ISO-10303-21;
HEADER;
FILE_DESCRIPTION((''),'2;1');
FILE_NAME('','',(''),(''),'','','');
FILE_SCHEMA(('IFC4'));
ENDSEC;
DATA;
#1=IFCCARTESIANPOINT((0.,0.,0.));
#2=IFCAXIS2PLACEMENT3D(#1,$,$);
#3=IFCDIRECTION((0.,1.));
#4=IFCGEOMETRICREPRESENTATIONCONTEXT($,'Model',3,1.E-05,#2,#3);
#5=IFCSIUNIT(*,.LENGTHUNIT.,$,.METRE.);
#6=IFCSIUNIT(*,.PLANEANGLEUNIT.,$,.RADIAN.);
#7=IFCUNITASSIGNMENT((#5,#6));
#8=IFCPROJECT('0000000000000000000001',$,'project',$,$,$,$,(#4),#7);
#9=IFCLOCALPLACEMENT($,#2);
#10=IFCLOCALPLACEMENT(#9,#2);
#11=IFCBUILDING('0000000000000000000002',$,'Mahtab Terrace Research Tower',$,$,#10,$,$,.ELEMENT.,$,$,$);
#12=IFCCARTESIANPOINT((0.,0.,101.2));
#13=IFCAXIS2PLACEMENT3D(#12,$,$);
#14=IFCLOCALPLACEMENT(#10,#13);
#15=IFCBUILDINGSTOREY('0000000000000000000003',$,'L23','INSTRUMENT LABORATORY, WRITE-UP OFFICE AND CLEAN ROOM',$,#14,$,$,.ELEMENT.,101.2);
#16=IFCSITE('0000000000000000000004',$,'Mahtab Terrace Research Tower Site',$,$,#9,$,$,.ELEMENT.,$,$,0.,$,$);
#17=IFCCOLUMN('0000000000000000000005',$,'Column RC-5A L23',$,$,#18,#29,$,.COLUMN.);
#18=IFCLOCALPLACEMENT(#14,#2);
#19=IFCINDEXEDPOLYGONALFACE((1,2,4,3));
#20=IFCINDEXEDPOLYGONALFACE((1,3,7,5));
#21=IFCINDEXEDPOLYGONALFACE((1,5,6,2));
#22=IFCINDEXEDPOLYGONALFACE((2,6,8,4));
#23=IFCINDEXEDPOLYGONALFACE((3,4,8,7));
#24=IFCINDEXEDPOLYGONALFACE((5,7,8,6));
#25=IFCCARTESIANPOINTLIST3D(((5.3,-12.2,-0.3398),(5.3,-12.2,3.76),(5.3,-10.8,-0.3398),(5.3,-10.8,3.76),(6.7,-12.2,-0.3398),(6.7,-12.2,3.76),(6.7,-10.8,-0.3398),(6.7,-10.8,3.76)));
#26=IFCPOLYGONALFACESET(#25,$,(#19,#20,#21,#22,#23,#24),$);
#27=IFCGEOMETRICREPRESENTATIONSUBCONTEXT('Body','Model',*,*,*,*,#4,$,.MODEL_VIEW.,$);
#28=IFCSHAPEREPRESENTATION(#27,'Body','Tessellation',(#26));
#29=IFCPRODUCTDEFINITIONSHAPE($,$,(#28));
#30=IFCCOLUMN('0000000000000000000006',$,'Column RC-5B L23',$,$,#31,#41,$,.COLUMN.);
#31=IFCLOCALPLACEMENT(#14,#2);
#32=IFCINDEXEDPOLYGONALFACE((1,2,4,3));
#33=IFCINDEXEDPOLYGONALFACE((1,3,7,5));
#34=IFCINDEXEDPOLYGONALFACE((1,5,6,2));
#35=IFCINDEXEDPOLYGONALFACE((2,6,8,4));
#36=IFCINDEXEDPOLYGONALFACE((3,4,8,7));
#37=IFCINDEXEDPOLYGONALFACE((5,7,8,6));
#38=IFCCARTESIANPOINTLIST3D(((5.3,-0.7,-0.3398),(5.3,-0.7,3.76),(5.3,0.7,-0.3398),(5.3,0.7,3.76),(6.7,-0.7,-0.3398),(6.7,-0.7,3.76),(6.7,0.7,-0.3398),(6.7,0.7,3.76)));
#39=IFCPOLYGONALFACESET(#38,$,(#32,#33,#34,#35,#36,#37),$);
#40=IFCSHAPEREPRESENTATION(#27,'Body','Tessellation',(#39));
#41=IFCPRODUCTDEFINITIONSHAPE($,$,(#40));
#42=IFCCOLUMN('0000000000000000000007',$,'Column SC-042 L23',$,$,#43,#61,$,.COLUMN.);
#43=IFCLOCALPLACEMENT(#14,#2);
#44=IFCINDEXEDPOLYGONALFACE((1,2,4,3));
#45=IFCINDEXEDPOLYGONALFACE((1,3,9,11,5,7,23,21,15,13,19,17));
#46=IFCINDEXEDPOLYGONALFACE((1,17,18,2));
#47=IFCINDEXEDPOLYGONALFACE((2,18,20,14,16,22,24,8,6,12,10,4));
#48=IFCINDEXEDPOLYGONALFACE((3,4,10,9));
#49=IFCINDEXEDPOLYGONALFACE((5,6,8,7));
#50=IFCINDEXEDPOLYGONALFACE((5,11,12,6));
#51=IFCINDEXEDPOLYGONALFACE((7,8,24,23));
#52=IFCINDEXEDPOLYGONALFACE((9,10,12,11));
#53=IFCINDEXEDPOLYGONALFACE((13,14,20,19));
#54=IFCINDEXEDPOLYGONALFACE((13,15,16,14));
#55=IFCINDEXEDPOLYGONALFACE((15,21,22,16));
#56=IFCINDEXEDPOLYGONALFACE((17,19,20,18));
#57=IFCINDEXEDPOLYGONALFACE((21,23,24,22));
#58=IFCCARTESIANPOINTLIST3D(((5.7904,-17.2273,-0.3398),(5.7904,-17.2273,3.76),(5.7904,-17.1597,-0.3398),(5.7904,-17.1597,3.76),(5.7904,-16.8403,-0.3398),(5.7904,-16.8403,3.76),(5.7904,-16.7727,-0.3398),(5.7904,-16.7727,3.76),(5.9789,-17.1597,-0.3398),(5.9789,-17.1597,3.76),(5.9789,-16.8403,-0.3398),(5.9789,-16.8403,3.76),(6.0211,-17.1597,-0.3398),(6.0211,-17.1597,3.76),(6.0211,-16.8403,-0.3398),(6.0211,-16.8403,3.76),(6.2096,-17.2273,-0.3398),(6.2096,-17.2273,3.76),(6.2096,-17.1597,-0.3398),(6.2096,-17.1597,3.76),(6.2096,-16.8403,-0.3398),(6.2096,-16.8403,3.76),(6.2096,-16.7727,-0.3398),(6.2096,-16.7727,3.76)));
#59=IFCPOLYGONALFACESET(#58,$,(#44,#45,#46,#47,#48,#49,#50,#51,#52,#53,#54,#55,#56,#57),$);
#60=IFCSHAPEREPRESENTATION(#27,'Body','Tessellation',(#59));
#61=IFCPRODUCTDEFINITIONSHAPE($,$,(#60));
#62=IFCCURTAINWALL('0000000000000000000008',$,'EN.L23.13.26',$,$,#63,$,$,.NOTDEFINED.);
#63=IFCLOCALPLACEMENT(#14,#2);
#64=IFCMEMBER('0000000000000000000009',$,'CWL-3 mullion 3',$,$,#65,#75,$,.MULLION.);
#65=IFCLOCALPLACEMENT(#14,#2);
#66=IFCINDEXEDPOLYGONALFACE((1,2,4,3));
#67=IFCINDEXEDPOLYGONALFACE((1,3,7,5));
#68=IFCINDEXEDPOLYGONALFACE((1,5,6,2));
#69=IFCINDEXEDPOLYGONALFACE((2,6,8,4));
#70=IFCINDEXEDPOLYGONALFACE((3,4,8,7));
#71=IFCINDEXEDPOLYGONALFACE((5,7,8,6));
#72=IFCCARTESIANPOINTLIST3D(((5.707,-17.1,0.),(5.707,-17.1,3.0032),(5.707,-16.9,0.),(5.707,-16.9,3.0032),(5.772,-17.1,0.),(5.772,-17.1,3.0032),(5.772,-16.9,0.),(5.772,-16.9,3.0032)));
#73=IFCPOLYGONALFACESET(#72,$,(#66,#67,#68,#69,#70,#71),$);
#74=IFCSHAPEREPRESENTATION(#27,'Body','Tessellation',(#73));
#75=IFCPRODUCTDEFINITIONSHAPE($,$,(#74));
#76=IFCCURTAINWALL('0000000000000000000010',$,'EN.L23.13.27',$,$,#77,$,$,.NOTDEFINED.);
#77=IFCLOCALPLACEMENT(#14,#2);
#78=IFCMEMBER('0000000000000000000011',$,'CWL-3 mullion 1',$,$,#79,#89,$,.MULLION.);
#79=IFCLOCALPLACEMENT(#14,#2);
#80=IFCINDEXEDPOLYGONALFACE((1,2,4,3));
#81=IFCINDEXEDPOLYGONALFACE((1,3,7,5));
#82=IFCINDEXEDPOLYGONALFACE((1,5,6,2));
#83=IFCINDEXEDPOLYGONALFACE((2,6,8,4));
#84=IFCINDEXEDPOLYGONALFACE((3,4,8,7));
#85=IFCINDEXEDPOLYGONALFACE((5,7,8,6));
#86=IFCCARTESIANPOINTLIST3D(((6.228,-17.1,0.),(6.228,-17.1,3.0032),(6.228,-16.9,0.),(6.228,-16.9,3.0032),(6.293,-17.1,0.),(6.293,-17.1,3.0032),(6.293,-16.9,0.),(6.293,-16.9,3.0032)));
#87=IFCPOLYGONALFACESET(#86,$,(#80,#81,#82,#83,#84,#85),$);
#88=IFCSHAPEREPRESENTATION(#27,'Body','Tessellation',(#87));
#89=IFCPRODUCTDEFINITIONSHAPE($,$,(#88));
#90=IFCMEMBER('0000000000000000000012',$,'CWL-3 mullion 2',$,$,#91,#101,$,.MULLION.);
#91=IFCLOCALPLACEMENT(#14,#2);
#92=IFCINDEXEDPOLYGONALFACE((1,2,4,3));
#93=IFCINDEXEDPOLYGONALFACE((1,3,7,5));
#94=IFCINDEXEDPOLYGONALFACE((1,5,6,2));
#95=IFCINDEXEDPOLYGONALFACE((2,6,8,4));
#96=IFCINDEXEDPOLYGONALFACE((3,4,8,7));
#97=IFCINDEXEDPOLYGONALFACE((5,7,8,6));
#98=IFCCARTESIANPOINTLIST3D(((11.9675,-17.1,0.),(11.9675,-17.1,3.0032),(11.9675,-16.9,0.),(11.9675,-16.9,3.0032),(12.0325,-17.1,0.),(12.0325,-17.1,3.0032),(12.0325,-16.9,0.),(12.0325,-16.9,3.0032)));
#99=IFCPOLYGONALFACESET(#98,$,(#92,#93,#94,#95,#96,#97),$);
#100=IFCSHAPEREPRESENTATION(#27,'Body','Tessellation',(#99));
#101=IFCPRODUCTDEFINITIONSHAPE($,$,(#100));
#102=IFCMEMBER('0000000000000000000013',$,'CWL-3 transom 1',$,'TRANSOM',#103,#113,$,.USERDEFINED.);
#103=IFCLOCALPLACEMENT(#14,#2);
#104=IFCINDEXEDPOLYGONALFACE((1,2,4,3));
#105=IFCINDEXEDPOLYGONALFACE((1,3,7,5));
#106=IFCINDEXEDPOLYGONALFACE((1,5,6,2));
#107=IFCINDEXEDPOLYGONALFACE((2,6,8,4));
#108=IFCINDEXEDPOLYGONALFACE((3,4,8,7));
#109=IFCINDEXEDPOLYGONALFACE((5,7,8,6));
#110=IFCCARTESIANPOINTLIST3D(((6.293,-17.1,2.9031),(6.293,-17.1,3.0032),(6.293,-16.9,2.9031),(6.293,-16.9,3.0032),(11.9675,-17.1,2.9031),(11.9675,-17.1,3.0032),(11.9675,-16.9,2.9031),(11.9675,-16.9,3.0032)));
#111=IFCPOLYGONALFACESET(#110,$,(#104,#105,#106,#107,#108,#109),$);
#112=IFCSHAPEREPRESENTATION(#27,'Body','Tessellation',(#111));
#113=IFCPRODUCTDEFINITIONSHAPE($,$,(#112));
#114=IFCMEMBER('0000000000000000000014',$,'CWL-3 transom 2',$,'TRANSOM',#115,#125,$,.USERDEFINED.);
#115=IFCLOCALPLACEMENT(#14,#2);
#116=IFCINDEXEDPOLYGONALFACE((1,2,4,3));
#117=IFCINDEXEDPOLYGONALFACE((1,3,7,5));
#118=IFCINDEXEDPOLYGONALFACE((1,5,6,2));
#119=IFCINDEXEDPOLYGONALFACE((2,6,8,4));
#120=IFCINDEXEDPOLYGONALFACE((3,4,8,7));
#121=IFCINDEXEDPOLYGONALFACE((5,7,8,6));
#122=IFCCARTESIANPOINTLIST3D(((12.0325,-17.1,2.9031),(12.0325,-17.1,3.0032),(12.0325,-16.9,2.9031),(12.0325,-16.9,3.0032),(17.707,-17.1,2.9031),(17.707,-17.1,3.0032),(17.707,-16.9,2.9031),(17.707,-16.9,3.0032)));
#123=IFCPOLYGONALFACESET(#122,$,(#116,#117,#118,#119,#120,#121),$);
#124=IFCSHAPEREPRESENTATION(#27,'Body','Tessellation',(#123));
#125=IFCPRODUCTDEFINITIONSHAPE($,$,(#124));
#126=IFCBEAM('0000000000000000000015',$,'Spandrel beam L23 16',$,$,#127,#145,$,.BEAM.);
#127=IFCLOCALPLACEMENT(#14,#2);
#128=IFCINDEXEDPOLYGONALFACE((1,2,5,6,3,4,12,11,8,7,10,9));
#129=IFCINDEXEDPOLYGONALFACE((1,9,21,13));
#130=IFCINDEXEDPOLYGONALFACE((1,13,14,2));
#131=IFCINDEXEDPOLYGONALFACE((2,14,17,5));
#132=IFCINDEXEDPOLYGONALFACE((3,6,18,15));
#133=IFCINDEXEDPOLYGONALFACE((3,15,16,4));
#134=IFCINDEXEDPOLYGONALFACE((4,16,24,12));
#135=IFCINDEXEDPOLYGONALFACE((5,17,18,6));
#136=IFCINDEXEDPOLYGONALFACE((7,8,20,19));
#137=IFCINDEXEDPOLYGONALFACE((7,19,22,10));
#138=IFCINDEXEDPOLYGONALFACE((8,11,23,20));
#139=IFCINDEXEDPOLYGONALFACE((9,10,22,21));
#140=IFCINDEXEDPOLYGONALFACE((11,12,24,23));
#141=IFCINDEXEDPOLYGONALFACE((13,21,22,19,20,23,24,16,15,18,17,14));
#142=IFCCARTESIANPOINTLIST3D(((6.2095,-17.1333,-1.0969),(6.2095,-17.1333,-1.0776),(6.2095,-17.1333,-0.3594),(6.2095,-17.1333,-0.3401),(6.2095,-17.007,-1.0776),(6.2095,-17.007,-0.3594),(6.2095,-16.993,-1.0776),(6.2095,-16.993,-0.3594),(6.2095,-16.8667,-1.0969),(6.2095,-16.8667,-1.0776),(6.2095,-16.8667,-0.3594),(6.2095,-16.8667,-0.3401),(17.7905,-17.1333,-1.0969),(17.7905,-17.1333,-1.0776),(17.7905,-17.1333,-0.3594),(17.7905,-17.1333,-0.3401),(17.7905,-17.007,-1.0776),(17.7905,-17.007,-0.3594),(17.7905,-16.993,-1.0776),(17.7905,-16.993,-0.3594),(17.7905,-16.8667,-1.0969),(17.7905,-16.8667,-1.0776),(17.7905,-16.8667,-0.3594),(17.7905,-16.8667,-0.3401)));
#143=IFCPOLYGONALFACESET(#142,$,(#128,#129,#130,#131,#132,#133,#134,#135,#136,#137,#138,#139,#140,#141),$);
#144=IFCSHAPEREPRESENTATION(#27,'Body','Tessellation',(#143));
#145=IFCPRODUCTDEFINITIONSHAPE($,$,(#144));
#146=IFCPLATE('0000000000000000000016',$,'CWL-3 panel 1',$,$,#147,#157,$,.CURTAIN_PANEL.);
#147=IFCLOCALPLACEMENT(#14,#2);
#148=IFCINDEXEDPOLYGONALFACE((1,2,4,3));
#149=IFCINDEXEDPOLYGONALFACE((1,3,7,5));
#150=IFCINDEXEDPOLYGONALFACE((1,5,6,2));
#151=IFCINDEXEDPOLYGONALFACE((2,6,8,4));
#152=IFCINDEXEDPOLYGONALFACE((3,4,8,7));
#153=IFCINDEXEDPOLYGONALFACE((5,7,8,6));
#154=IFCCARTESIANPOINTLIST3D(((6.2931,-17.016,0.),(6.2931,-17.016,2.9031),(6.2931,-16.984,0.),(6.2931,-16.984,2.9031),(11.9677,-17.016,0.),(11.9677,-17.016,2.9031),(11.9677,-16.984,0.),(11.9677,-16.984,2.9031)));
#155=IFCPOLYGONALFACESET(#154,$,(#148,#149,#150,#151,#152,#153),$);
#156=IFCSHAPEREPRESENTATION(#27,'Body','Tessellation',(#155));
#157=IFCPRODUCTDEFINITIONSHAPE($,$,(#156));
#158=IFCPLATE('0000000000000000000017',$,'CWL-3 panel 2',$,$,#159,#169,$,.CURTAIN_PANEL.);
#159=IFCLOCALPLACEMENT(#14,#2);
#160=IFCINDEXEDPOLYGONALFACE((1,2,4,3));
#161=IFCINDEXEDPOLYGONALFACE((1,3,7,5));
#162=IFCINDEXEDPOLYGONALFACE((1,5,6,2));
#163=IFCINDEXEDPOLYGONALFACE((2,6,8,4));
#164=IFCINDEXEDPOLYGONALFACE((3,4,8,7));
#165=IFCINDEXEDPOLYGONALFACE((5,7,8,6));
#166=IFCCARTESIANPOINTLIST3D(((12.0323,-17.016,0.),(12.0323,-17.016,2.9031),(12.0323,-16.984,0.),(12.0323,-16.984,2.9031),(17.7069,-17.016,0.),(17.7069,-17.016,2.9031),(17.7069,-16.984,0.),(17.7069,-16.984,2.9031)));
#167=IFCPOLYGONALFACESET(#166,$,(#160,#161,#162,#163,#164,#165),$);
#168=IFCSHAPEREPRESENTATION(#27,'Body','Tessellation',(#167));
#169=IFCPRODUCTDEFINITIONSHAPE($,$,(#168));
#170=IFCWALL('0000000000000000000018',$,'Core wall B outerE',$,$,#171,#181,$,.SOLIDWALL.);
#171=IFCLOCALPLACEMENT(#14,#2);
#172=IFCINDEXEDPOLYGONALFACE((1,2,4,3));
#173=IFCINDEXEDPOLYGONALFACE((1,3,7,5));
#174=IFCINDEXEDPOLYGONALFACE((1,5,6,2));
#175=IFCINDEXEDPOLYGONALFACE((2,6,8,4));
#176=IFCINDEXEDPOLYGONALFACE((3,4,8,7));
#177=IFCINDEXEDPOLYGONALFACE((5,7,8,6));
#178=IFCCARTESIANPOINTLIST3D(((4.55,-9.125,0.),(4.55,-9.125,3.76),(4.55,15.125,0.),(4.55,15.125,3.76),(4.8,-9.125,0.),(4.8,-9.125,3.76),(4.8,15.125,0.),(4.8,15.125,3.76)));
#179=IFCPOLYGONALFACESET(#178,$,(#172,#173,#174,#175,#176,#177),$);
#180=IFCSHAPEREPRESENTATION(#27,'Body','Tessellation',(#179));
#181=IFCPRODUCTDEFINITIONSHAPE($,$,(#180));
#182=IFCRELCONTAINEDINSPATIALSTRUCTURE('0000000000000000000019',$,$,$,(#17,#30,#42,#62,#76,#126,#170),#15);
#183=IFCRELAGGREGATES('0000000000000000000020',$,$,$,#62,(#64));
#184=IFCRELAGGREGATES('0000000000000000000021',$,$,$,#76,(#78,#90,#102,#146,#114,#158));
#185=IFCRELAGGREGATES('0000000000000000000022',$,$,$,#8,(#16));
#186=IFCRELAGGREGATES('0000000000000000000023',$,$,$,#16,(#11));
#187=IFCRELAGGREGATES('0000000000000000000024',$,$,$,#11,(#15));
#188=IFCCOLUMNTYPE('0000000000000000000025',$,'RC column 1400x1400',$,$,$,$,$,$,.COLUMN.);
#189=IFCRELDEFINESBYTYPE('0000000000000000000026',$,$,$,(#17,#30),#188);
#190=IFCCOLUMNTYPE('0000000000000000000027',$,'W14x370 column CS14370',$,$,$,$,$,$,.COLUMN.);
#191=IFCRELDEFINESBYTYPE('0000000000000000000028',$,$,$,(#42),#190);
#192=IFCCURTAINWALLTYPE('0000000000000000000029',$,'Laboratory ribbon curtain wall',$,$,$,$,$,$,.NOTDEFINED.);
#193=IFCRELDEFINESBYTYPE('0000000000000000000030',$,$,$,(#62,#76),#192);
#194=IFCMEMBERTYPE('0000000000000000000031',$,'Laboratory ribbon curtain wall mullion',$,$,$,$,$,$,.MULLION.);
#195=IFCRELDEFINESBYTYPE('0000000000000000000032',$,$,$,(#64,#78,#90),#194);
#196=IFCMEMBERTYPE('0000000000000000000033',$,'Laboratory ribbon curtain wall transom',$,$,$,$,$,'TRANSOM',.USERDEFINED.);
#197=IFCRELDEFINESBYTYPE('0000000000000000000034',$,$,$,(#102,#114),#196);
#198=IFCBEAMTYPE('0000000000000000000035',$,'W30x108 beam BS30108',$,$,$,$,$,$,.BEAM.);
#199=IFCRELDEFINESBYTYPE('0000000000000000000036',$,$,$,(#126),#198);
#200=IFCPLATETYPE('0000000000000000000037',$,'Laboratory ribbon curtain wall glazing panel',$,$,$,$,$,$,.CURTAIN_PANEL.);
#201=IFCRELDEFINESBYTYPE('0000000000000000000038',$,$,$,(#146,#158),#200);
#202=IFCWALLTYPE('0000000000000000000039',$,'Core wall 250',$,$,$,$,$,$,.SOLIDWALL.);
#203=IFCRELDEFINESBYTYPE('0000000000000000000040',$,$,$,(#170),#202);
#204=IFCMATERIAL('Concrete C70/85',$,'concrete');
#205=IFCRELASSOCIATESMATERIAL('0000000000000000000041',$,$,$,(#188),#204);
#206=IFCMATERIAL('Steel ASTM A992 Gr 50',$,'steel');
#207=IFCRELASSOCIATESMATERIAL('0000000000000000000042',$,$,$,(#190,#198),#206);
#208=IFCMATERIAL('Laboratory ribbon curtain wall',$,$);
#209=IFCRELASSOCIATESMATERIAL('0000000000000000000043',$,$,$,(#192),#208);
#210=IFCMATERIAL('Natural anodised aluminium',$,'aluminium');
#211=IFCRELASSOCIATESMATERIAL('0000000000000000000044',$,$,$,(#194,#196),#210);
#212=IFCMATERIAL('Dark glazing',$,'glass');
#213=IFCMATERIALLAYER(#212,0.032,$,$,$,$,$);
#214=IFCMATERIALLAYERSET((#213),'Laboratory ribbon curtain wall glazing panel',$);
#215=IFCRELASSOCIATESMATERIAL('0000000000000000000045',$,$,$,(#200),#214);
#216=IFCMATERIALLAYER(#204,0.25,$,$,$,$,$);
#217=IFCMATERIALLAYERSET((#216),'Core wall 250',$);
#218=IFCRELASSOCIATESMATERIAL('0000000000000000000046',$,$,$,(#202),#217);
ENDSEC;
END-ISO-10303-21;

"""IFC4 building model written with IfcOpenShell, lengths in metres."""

from ifc_helpers import new_model, si_unit, direction, frame, frame_2d, origin, origin_2d, place, context, subcontext, project, spatial, rectangle, i_section, extrude, material, layer, layer_set, material_profile, profile_set, type_object, element, aggregate, save


model = new_model("IFC4")

# Units and contexts
model_context = context("Model", 3, precision=1e-05, world=origin(), true_north=direction((0.0, 1.0)))
body_context = subcontext(model_context, "Body", "Model", "MODEL_VIEW")
ifc_project = project(units=[si_unit("LENGTHUNIT", "METRE"), si_unit("PLANEANGLEUNIT", "RADIAN")], contexts=[model_context])

# Site, building, storey
site_placement = place(None, origin())
site = spatial("IfcSite", under=ifc_project, at=site_placement, Name="Mahtab Terrace Research Tower Site", CompositionType="ELEMENT", RefElevation=0.0)
building_placement = place(site_placement, origin())
building = spatial("IfcBuilding", under=site, at=building_placement, Name="Mahtab Terrace Research Tower", CompositionType="ELEMENT")
storey_placement = place(building_placement, frame((0.0, 0.0, 101.2)))
storey = spatial("IfcBuildingStorey", under=building, at=storey_placement, Name="L23", Description="INSTRUMENT LABORATORY, WRITE-UP OFFICE AND CLEAN ROOM", CompositionType="ELEMENT", Elevation=101.2)

# Columns
ifc_material_1 = material(Name="Concrete C70/85", Category="concrete")
ifc_material_profile_1 = material_profile(ifc_material_1, rectangle(XDim=1.3999, YDim=1.3999, at=origin_2d()), Name="RC column 1400x1400")
ifc_profile_set_1 = profile_set([ifc_material_profile_1], Name="Concrete C70/85")
column_type_1 = type_object("IfcColumnType", Name="RC column 1400x1400", PredefinedType="COLUMN", material=ifc_profile_set_1)
for number, where, z_axis, x_axis, name in (
    (1, (6.0, -11.5, -0.3398), (0.0, 0.0, 1.0), (1.0, 0.0, 0.0), "Column RC-5A L23"),
    (2, (6.0, 0.0, -0.3398), (0.0, 0.0, 1.0), (1.0, 0.0, 0.0), "Column RC-5B L23"),
):
    element("IfcColumn", number, at=place(storey_placement, frame(where, z_axis=z_axis, x_axis=x_axis)), inside=storey, type_object=column_type_1, Name=name, PredefinedType="COLUMN", context=body_context, shape_type="SweptSolid", body=[
        extrude(rectangle(XDim=1.3999, YDim=1.3999, at=origin_2d()), origin(), (0.0, 0.0, 1.0), 4.0999),
    ])
ifc_material_2 = material(Name="Steel ASTM A992 Gr 50", Category="steel")
ifc_material_profile_2 = material_profile(ifc_material_2, i_section(OverallWidth=0.4192, OverallDepth=0.4546, WebThickness=0.0422, FlangeThickness=0.0676, at=origin_2d()), Name="W14X370")
ifc_profile_set_2 = profile_set([ifc_material_profile_2], Name="Steel ASTM A992 Gr 50")
column_type_2 = type_object("IfcColumnType", Name="W14x370 column CS14370", PredefinedType="COLUMN", material=ifc_profile_set_2)
column_placement = place(storey_placement, frame((6.0, -17.0, -0.3398), z_axis=(0.0, 0.0, 1.0), x_axis=(1.0, 0.0, 0.0)))
element("IfcColumn", 3, at=column_placement, inside=storey, type_object=column_type_2, Name="Column SC-042 L23", PredefinedType="COLUMN", context=body_context, shape_type="SweptSolid", body=[
    extrude(i_section(OverallWidth=0.4192, OverallDepth=0.4546, WebThickness=0.0422, FlangeThickness=0.0676, at=origin_2d()), origin(), (0.0, 0.0, 1.0), 4.0999),
])

# Curtain wall, member
ifc_material_3 = material(Name="Laboratory ribbon curtain wall")
curtain_wall_type = type_object("IfcCurtainWallType", Name="Laboratory ribbon curtain wall", PredefinedType="NOTDEFINED", material=ifc_material_3)
curtain_wall_1_placement = place(storey_placement, origin())
curtain_wall_1 = element("IfcCurtainWall", 4, at=curtain_wall_1_placement, inside=storey, type_object=curtain_wall_type, Name="EN.L23.13.26", PredefinedType="NOTDEFINED")
ifc_material_4 = material(Name="Natural anodised aluminium", Category="aluminium")
ifc_material_profile_3 = material_profile(ifc_material_4, rectangle(XDim=0.2, YDim=0.0649, at=origin_2d()), Name="MULLION 65x200")
ifc_profile_set_3 = profile_set([ifc_material_profile_3], Name="Natural anodised aluminium")
member_type_1 = type_object("IfcMemberType", Name="Laboratory ribbon curtain wall mullion", PredefinedType="MULLION", material=ifc_profile_set_3)
member_1_placement = place(storey_placement, frame((5.7395, -17.0, 0.0), z_axis=(0.0, 0.0, 1.0), x_axis=(0.0, 1.0, 0.0)))
member_1 = element("IfcMember", 5, at=member_1_placement, type_object=member_type_1, Name="CWL-3 mullion 3", PredefinedType="MULLION", context=body_context, shape_type="SweptSolid", body=[
    extrude(rectangle(XDim=0.2, YDim=0.0649, at=origin_2d()), origin(), (0.0, 0.0, 1.0), 3.0032),
])
aggregate(curtain_wall_1, [member_1])

# Curtain wall, members
curtain_wall_2_placement = place(storey_placement, origin())
curtain_wall_2 = element("IfcCurtainWall", 6, at=curtain_wall_2_placement, inside=storey, type_object=curtain_wall_type, Name="EN.L23.13.27", PredefinedType="NOTDEFINED")
member_2_placement = place(storey_placement, frame((6.2605, -17.0, 0.0), z_axis=(0.0, 0.0, 1.0), x_axis=(0.0, 1.0, 0.0)))
member_2 = element("IfcMember", 7, at=member_2_placement, type_object=member_type_1, Name="CWL-3 mullion 1", PredefinedType="MULLION", context=body_context, shape_type="SweptSolid", body=[
    extrude(rectangle(XDim=0.2, YDim=0.0649, at=origin_2d()), origin(), (0.0, 0.0, 1.0), 3.0032),
])
member_3_placement = place(storey_placement, frame((12.0, -17.0, 0.0), z_axis=(0.0, 0.0, 1.0), x_axis=(0.0, 1.0, 0.0)))
member_3 = element("IfcMember", 8, at=member_3_placement, type_object=member_type_1, Name="CWL-3 mullion 2", PredefinedType="MULLION", context=body_context, shape_type="SweptSolid", body=[
    extrude(rectangle(XDim=0.2, YDim=0.0649, at=origin_2d()), origin(), (0.0, 0.0, 1.0), 3.0032),
])
ifc_material_profile_4 = material_profile(ifc_material_4, rectangle(XDim=0.2, YDim=0.1001, at=origin_2d()), Name="TRANSOM 100x200")
ifc_profile_set_4 = profile_set([ifc_material_profile_4], Name="Natural anodised aluminium")
member_type_2 = type_object("IfcMemberType", Name="Laboratory ribbon curtain wall transom", ElementType="TRANSOM", PredefinedType="USERDEFINED", material=ifc_profile_set_4)
member_4_placement = place(storey_placement, frame((6.293, -17.0, 2.9531), z_axis=(1.0, 0.0, 0.0), x_axis=(0.0, 1.0, 0.0)))
member_4 = element("IfcMember", 9, at=member_4_placement, type_object=member_type_2, Name="CWL-3 transom 1", ObjectType="TRANSOM", PredefinedType="USERDEFINED", context=body_context, shape_type="SweptSolid", body=[
    extrude(rectangle(XDim=0.2, YDim=0.1001, at=origin_2d()), origin(), (0.0, 0.0, 1.0), 5.6746),
])
member_5_placement = place(storey_placement, frame((12.0325, -17.0, 2.9531), z_axis=(1.0, 0.0, 0.0), x_axis=(0.0, 1.0, 0.0)))
member_5 = element("IfcMember", 10, at=member_5_placement, type_object=member_type_2, Name="CWL-3 transom 2", ObjectType="TRANSOM", PredefinedType="USERDEFINED", context=body_context, shape_type="SweptSolid", body=[
    extrude(rectangle(XDim=0.2, YDim=0.1001, at=origin_2d()), origin(), (0.0, 0.0, 1.0), 5.6746),
])

# Beam
ifc_material_profile_5 = material_profile(ifc_material_2, i_section(OverallWidth=0.2666, OverallDepth=0.7568, WebThickness=0.0139, FlangeThickness=0.0193, at=origin_2d()), Name="W30X108")
ifc_profile_set_5 = profile_set([ifc_material_profile_5], Name="Steel ASTM A992 Gr 50")
beam_type = type_object("IfcBeamType", Name="W30x108 beam BS30108", PredefinedType="BEAM", material=ifc_profile_set_5)
beam_placement = place(storey_placement, frame((6.2095, -17.0, -0.7185), z_axis=(1.0, 0.0, 0.0), x_axis=(0.0, 1.0, 0.0)))
element("IfcBeam", 11, at=beam_placement, inside=storey, type_object=beam_type, Name="Spandrel beam L23 16", PredefinedType="BEAM", context=body_context, shape_type="SweptSolid", body=[
    extrude(i_section(OverallWidth=0.2666, OverallDepth=0.7568, WebThickness=0.0139, FlangeThickness=0.0193, at=origin_2d()), origin(), (0.0, 0.0, 1.0), 11.5811),
])

# Plates
ifc_material_5 = material(Name="Dark glazing", Category="glass")
ifc_layer_1 = layer(ifc_material_5, 0.032)
ifc_layer_set_1 = layer_set([ifc_layer_1], Name="Laboratory ribbon curtain wall glazing panel")
plate_type = type_object("IfcPlateType", Name="Laboratory ribbon curtain wall glazing panel", PredefinedType="CURTAIN_PANEL", material=ifc_layer_set_1)
plate_1_placement = place(storey_placement, frame((9.1304, -17.0, 0.0), z_axis=(0.0, 0.0, 1.0), x_axis=(1.0, 0.0, 0.0)))
plate_1 = element("IfcPlate", 12, at=plate_1_placement, type_object=plate_type, Name="CWL-3 panel 1", PredefinedType="CURTAIN_PANEL", context=body_context, shape_type="SweptSolid", body=[
    extrude(rectangle(XDim=5.6746, YDim=0.032, at=origin_2d()), origin(), (0.0, 0.0, 1.0), 2.9031),
])
plate_2_placement = place(storey_placement, frame((14.8696, -17.0, 0.0), z_axis=(0.0, 0.0, 1.0), x_axis=(1.0, 0.0, 0.0)))
plate_2 = element("IfcPlate", 13, at=plate_2_placement, type_object=plate_type, Name="CWL-3 panel 2", PredefinedType="CURTAIN_PANEL", context=body_context, shape_type="SweptSolid", body=[
    extrude(rectangle(XDim=5.6746, YDim=0.032, at=origin_2d()), origin(), (0.0, 0.0, 1.0), 2.9031),
])
aggregate(curtain_wall_2, [member_2, member_3, member_4, plate_1, member_5, plate_2])

# Wall
ifc_layer_2 = layer(ifc_material_1, 0.25)
ifc_layer_set_2 = layer_set([ifc_layer_2], Name="Core wall 250")
wall_type_1 = type_object("IfcWallType", Name="Core wall 250", PredefinedType="SOLIDWALL", material=ifc_layer_set_2)
wall_1_placement = place(storey_placement, frame((4.675, -9.125, 0.0), z_axis=(0.0, 0.0, 1.0), x_axis=(0.0, 1.0, 0.0)))
element("IfcWall", 14, at=wall_1_placement, inside=storey, type_object=wall_type_1, Name="Core wall B outerE", PredefinedType="SOLIDWALL", context=body_context, shape_type="SweptSolid", body=[
    extrude(rectangle(XDim=24.25, YDim=0.25, at=frame_2d((12.125, 0.0))), origin(), (0.0, 0.0, 1.0), 3.76),
])

save(model, "model.ifc")
